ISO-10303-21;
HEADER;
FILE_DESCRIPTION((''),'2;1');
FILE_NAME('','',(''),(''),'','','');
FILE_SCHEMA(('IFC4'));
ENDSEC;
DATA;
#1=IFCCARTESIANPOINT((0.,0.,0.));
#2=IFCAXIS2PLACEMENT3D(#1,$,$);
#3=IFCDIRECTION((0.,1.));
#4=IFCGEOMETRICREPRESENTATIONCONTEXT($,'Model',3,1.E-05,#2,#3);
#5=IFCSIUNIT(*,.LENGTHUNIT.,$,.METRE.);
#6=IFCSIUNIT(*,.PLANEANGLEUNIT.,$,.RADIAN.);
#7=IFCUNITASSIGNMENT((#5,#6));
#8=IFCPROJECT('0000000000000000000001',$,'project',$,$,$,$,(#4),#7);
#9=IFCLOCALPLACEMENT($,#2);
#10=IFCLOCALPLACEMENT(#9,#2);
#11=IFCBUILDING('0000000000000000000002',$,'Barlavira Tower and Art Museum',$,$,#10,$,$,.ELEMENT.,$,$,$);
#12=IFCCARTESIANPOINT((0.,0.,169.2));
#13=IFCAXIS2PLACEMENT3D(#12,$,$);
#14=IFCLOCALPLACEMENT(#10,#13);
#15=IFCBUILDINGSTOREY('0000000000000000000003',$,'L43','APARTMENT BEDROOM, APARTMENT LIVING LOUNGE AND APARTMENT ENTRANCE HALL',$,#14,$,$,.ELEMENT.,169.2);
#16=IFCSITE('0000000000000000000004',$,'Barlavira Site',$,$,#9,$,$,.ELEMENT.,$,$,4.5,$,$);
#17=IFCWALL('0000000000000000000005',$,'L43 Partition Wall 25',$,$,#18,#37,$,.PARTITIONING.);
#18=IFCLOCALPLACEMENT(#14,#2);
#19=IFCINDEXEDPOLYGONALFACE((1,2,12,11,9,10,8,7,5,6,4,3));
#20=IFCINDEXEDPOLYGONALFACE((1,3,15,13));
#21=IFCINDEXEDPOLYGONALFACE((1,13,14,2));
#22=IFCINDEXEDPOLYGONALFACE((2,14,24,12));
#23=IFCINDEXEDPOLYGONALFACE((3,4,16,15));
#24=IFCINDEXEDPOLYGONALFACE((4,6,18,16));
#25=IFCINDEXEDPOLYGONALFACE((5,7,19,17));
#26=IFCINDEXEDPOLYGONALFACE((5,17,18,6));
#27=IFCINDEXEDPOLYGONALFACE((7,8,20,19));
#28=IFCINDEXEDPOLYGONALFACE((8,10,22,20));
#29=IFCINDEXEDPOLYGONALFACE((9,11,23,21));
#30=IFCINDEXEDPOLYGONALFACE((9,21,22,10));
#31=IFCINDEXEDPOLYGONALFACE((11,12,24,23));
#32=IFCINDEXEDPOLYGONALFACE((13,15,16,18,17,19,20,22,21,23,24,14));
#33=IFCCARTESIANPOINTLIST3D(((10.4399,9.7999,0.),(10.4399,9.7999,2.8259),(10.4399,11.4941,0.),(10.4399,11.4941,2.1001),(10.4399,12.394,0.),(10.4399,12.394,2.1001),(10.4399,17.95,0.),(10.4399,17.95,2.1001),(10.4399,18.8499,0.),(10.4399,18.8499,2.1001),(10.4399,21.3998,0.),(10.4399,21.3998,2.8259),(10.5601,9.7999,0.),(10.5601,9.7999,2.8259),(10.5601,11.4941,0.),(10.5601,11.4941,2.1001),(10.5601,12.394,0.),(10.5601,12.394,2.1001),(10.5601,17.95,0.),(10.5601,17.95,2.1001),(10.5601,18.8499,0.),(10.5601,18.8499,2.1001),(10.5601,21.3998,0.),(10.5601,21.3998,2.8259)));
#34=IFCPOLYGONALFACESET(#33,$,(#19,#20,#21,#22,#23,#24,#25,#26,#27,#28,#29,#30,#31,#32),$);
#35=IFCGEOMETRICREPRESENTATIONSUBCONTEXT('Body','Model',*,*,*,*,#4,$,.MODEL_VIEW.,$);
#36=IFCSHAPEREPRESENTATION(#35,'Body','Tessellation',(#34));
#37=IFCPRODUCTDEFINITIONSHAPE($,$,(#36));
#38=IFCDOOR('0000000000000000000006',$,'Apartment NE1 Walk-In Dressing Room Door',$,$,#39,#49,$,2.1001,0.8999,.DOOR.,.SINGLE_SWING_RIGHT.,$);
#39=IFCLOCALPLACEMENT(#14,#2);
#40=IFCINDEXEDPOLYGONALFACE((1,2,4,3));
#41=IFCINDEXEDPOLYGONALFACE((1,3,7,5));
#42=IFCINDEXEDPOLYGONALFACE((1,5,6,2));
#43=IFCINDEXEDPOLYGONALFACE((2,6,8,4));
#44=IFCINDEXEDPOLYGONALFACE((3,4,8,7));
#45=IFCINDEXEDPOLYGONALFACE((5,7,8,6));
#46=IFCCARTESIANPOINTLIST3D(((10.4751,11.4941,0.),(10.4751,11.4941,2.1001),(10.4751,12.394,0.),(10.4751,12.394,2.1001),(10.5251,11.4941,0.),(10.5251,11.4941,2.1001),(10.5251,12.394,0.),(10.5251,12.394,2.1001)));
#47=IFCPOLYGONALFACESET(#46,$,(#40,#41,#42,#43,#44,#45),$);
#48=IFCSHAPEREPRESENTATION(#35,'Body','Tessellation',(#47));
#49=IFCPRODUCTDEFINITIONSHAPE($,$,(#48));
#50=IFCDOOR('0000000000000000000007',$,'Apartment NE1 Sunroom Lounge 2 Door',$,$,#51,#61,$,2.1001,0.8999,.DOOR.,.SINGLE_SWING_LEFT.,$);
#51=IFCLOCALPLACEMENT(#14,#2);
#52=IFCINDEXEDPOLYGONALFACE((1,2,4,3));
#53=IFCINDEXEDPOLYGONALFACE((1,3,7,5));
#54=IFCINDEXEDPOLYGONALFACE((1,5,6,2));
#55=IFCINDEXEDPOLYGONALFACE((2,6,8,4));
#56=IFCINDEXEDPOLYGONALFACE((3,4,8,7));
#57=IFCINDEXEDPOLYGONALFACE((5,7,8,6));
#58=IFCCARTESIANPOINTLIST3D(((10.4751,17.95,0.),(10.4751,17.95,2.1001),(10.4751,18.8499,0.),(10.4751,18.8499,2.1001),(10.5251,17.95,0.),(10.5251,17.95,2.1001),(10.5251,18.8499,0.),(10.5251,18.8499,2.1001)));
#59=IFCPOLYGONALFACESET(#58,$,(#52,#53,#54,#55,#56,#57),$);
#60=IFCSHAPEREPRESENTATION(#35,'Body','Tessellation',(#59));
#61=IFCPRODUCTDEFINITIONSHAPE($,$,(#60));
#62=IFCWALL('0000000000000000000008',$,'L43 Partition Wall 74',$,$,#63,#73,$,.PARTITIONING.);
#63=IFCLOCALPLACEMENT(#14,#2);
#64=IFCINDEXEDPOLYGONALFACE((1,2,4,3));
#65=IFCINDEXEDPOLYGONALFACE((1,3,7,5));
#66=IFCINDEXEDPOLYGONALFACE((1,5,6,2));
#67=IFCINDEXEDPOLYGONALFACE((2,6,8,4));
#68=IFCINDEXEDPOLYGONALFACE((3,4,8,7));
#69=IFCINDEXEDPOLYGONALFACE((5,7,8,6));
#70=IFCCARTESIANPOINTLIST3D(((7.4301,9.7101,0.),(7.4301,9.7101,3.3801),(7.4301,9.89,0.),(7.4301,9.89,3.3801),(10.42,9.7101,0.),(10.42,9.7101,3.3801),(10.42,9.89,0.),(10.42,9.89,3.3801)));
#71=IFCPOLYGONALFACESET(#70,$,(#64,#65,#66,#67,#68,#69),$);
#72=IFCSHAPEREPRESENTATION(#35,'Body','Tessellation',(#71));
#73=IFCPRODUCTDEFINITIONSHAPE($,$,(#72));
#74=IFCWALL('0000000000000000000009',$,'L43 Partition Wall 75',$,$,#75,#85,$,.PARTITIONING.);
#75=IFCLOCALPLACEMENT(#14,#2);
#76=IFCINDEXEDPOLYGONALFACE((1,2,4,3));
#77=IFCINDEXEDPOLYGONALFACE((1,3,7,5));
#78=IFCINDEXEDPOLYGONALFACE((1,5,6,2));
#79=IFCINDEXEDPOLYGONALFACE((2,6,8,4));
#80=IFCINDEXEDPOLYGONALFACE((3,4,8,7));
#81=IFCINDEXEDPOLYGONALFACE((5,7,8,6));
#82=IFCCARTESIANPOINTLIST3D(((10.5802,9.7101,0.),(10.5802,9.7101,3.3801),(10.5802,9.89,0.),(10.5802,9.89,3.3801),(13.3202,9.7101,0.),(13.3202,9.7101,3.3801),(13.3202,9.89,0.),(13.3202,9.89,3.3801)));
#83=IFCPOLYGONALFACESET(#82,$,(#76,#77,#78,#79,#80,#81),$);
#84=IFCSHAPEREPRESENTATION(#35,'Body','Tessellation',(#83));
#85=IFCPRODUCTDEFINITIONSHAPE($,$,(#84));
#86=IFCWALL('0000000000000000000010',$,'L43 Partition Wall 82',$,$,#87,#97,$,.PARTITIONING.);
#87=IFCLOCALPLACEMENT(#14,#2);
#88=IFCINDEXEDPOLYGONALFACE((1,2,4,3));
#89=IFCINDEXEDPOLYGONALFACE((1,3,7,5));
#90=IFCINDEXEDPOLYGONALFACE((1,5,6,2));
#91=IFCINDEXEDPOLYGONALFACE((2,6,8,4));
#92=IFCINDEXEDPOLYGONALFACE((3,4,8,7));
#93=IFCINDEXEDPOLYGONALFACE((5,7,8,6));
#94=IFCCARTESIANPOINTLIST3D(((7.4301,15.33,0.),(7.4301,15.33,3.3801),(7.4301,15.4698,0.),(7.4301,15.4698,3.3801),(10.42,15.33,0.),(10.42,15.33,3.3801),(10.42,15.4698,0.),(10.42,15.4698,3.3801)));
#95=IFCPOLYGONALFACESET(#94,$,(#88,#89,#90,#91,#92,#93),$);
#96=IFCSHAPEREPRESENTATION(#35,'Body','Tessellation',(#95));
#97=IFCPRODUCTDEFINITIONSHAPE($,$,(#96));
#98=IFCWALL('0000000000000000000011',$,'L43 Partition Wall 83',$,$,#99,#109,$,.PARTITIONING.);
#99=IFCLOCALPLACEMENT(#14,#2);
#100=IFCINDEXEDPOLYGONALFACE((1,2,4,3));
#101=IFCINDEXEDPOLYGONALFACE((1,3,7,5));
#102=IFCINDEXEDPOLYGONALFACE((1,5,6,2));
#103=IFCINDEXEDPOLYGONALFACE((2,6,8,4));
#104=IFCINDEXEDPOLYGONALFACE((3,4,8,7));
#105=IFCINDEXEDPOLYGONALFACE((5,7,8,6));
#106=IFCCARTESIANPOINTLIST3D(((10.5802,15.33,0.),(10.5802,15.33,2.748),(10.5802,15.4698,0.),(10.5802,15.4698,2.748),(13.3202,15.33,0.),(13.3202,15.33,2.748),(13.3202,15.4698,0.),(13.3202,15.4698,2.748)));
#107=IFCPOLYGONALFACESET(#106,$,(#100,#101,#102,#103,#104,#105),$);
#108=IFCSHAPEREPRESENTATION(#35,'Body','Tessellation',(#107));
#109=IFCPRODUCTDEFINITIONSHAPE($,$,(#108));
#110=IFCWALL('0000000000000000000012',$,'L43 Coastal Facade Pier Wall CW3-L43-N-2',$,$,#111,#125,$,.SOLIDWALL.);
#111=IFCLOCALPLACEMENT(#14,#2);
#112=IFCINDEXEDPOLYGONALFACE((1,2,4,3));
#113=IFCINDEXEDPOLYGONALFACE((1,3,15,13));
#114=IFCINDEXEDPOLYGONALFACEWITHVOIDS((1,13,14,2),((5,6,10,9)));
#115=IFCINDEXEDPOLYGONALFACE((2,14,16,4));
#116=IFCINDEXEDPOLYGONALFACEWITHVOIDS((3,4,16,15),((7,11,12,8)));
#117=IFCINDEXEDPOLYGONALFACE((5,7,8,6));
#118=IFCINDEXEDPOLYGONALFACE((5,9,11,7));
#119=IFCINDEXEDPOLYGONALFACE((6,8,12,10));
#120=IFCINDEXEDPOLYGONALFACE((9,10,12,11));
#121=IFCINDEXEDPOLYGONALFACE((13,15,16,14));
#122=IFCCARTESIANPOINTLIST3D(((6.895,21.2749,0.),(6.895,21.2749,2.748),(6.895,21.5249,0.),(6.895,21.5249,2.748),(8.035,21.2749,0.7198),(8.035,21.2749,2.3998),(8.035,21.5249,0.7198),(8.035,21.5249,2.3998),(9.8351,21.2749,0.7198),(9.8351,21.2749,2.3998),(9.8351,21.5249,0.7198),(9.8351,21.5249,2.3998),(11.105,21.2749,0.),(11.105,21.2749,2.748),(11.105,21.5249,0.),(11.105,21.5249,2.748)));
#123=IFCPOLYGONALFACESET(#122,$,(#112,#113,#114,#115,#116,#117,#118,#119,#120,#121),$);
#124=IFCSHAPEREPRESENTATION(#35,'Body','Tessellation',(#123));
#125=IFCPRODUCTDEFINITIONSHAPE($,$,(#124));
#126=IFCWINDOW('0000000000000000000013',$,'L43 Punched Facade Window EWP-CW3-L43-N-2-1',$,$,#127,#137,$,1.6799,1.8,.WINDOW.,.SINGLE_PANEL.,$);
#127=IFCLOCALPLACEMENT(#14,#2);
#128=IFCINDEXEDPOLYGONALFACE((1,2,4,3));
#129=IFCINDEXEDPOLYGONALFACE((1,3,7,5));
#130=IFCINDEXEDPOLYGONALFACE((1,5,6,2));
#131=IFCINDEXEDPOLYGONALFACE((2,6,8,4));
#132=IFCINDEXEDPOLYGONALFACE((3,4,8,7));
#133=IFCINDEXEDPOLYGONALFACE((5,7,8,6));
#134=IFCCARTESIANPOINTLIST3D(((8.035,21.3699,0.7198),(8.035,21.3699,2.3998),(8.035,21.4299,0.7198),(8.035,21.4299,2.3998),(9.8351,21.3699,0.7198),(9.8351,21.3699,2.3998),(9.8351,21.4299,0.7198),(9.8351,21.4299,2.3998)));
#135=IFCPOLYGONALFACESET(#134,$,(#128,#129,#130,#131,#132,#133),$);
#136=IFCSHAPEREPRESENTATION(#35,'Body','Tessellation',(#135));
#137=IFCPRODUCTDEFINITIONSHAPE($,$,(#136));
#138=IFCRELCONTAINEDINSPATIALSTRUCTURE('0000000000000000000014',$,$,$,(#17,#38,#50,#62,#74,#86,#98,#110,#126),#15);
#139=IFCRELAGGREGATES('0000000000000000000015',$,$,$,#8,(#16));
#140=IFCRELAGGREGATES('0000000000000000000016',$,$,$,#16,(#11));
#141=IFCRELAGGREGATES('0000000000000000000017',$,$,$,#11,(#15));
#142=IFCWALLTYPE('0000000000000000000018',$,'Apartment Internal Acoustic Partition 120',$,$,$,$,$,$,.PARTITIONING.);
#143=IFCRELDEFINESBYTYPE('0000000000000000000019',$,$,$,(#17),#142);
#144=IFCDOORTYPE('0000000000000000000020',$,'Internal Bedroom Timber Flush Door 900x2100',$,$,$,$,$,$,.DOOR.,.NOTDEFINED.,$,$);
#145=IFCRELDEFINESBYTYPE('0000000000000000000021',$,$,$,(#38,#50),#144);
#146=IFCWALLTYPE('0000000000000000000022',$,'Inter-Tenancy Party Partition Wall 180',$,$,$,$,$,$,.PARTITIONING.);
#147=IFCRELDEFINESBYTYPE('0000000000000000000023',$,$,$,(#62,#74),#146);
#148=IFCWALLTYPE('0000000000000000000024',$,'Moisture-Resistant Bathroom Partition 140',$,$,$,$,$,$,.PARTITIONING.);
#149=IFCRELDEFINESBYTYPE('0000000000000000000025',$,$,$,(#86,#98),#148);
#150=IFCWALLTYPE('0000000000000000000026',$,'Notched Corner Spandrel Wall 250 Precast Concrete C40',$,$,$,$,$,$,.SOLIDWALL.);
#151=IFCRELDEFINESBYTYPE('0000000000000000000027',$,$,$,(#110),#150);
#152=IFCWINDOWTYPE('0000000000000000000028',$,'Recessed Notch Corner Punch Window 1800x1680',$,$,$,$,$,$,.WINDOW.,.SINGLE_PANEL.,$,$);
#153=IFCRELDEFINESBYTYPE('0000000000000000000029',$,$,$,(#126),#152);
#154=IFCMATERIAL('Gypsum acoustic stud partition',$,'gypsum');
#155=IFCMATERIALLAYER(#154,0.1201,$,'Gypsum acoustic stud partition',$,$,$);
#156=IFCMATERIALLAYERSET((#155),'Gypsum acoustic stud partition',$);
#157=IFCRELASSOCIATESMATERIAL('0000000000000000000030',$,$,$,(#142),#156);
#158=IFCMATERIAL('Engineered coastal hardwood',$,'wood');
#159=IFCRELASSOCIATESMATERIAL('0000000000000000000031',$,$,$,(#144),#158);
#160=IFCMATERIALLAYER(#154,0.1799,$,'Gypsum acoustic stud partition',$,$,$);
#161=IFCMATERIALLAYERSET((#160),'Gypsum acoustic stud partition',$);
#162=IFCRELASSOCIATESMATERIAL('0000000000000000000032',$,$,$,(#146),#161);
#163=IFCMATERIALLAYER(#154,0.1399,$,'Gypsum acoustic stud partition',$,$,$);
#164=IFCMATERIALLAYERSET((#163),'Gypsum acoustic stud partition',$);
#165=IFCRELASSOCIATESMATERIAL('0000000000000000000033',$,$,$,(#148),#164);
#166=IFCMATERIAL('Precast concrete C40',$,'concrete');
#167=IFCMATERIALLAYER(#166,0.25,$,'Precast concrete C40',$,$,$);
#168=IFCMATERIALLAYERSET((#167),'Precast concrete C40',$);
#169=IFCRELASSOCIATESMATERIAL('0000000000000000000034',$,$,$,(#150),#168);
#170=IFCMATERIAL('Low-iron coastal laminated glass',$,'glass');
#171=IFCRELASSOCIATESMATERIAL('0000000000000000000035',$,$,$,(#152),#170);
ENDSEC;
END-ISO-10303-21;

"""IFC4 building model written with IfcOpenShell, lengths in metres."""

from ifc_helpers import new_model, si_unit, direction, frame, frame_2d, origin, place, context, subcontext, project, spatial, rectangle, extrude, material, layer, layer_set, type_object, element, fill, save


model = new_model("IFC4")

# Units and contexts
model_context = context("Model", 3, precision=1e-05, world=origin(), true_north=direction((0.0, 1.0)))
body_context = subcontext(model_context, "Body", "Model", "MODEL_VIEW")
ifc_project = project(units=[si_unit("LENGTHUNIT", "METRE"), si_unit("PLANEANGLEUNIT", "RADIAN")], contexts=[model_context])

# Site, building, storey
site_placement = place(None, origin())
site = spatial("IfcSite", under=ifc_project, at=site_placement, Name="Barlavira Site", CompositionType="ELEMENT", RefElevation=4.5)
building_placement = place(site_placement, origin())
building = spatial("IfcBuilding", under=site, at=building_placement, Name="Barlavira Tower and Art Museum", CompositionType="ELEMENT")
storey_placement = place(building_placement, frame((0.0, 0.0, 169.2)))
storey = spatial("IfcBuildingStorey", under=building, at=storey_placement, Name="L43", Description="APARTMENT BEDROOM, APARTMENT LIVING LOUNGE AND APARTMENT ENTRANCE HALL", CompositionType="ELEMENT", Elevation=169.2)

# Wall, openings, doors
ifc_material_1 = material(Name="Gypsum acoustic stud partition", Category="gypsum")
ifc_layer_1 = layer(ifc_material_1, 0.1201, Name="Gypsum acoustic stud partition")
ifc_layer_set_1 = layer_set([ifc_layer_1], Name="Gypsum acoustic stud partition")
wall_type_1 = type_object("IfcWallType", Name="Apartment Internal Acoustic Partition 120", PredefinedType="PARTITIONING", material=ifc_layer_set_1)
ifc_material_2 = material(Name="Engineered coastal hardwood", Category="wood")
door_type_1 = type_object("IfcDoorType", Name="Internal Bedroom Timber Flush Door 900x2100", OperationType="NOTDEFINED", PredefinedType="DOOR", material=ifc_material_2)
wall_1_placement = place(storey_placement, frame((10.5, 9.8, 0.0), z_axis=(0.0, 0.0, 1.0), x_axis=(0.0, 1.0, 0.0)))
wall_1 = element("IfcWall", 1, at=wall_1_placement, inside=storey, type_object=wall_type_1, Name="L43 Partition Wall 25", PredefinedType="PARTITIONING", context=body_context, shape_type="SweptSolid", body=[
    extrude(rectangle(XDim=11.5999, YDim=0.1201, at=frame_2d((5.7998, 0.0))), origin(), (0.0, 0.0, 1.0), 2.8259),
])
opening_1_placement = place(wall_1_placement, frame((1.6941, 0.0, 0.0)))
opening_1 = element("IfcOpeningElement", 2, at=opening_1_placement, cuts=wall_1, PredefinedType="OPENING", context=body_context, shape_type="SweptSolid", body=[
    extrude(rectangle(XDim=0.8999, YDim=2.1001, at=frame_2d((0.45, 1.05))), frame((0.0, 0.0701, 0.0), z_axis=(0.0, -1.0, 0.0), x_axis=(1.0, 0.0, 0.0)), (0.0, 0.0, 1.0), 0.1401),
])
opening_2_placement = place(wall_1_placement, frame((8.1499, 0.0, 0.0)))
opening_2 = element("IfcOpeningElement", 3, at=opening_2_placement, cuts=wall_1, PredefinedType="OPENING", context=body_context, shape_type="SweptSolid", body=[
    extrude(rectangle(XDim=0.8999, YDim=2.1001, at=frame_2d((0.45, 1.05))), frame((0.0, 0.0701, 0.0), z_axis=(0.0, -1.0, 0.0), x_axis=(1.0, 0.0, 0.0)), (0.0, 0.0, 1.0), 0.1401),
])
door_1_placement = place(opening_1_placement, origin())
door_1 = element("IfcDoor", 4, at=door_1_placement, inside=storey, type_object=door_type_1, Name="Apartment NE1 Walk-In Dressing Room Door", OperationType="SINGLE_SWING_RIGHT", OverallHeight=2.1001, OverallWidth=0.8999, PredefinedType="DOOR", context=body_context, shape_type="SweptSolid", body=[
    extrude(rectangle(XDim=0.8999, YDim=2.1001, at=frame_2d((0.45, 1.05))), frame((0.0, 0.0249, 0.0), z_axis=(0.0, -1.0, 0.0), x_axis=(1.0, 0.0, 0.0)), (0.0, 0.0, 1.0), 0.05),
])
fill(opening_1, door_1)
door_2_placement = place(opening_2_placement, origin())
door_2 = element("IfcDoor", 5, at=door_2_placement, inside=storey, type_object=door_type_1, Name="Apartment NE1 Sunroom Lounge 2 Door", OperationType="SINGLE_SWING_LEFT", OverallHeight=2.1001, OverallWidth=0.8999, PredefinedType="DOOR", context=body_context, shape_type="SweptSolid", body=[
    extrude(rectangle(XDim=0.8999, YDim=2.1001, at=frame_2d((0.45, 1.05))), frame((0.0, 0.0249, 0.0), z_axis=(0.0, -1.0, 0.0), x_axis=(1.0, 0.0, 0.0)), (0.0, 0.0, 1.0), 0.05),
])
fill(opening_2, door_2)

# Walls
ifc_layer_2 = layer(ifc_material_1, 0.1799, Name="Gypsum acoustic stud partition")
ifc_layer_set_2 = layer_set([ifc_layer_2], Name="Gypsum acoustic stud partition")
wall_type_2 = type_object("IfcWallType", Name="Inter-Tenancy Party Partition Wall 180", PredefinedType="PARTITIONING", material=ifc_layer_set_2)
wall_2_placement = place(storey_placement, frame((7.4299, 9.8, 0.0), z_axis=(0.0, 0.0, 1.0), x_axis=(1.0, 0.0, 0.0)))
element("IfcWall", 6, at=wall_2_placement, inside=storey, type_object=wall_type_2, Name="L43 Partition Wall 74", PredefinedType="PARTITIONING", context=body_context, shape_type="SweptSolid", body=[
    extrude(rectangle(XDim=2.99, YDim=0.1799, at=frame_2d((1.4951, 0.0))), origin(), (0.0, 0.0, 1.0), 3.3801),
])
wall_3_placement = place(storey_placement, frame((10.5801, 9.8, 0.0), z_axis=(0.0, 0.0, 1.0), x_axis=(1.0, 0.0, 0.0)))
element("IfcWall", 7, at=wall_3_placement, inside=storey, type_object=wall_type_2, Name="L43 Partition Wall 75", PredefinedType="PARTITIONING", context=body_context, shape_type="SweptSolid", body=[
    extrude(rectangle(XDim=2.74, YDim=0.1799, at=frame_2d((1.3701, 0.0))), origin(), (0.0, 0.0, 1.0), 3.3801),
])
ifc_layer_3 = layer(ifc_material_1, 0.1399, Name="Gypsum acoustic stud partition")
ifc_layer_set_3 = layer_set([ifc_layer_3], Name="Gypsum acoustic stud partition")
wall_type_3 = type_object("IfcWallType", Name="Moisture-Resistant Bathroom Partition 140", PredefinedType="PARTITIONING", material=ifc_layer_set_3)
wall_4_placement = place(storey_placement, frame((7.4299, 15.3999, 0.0), z_axis=(0.0, 0.0, 1.0), x_axis=(1.0, 0.0, 0.0)))
element("IfcWall", 8, at=wall_4_placement, inside=storey, type_object=wall_type_3, Name="L43 Partition Wall 82", PredefinedType="PARTITIONING", context=body_context, shape_type="SweptSolid", body=[
    extrude(rectangle(XDim=2.99, YDim=0.1399, at=frame_2d((1.4951, 0.0))), origin(), (0.0, 0.0, 1.0), 3.3801),
])
wall_5_placement = place(storey_placement, frame((10.5801, 15.3999, 0.0), z_axis=(0.0, 0.0, 1.0), x_axis=(1.0, 0.0, 0.0)))
element("IfcWall", 9, at=wall_5_placement, inside=storey, type_object=wall_type_3, Name="L43 Partition Wall 83", PredefinedType="PARTITIONING", context=body_context, shape_type="SweptSolid", body=[
    extrude(rectangle(XDim=2.74, YDim=0.1399, at=frame_2d((1.3701, 0.0))), origin(), (0.0, 0.0, 1.0), 2.748),
])

# Wall, opening, window
ifc_material_3 = material(Name="Precast concrete C40", Category="concrete")
ifc_layer_4 = layer(ifc_material_3, 0.25, Name="Precast concrete C40")
ifc_layer_set_4 = layer_set([ifc_layer_4], Name="Precast concrete C40")
wall_type_4 = type_object("IfcWallType", Name="Notched Corner Spandrel Wall 250 Precast Concrete C40", PredefinedType="SOLIDWALL", material=ifc_layer_set_4)
wall_6_placement = place(storey_placement, frame((11.105, 21.3999, 0.0), z_axis=(0.0, 0.0, 1.0), x_axis=(-1.0, 0.0, 0.0)))
wall_6 = element("IfcWall", 10, at=wall_6_placement, inside=storey, type_object=wall_type_4, Name="L43 Coastal Facade Pier Wall CW3-L43-N-2", PredefinedType="SOLIDWALL", context=body_context, shape_type="SweptSolid", body=[
    extrude(rectangle(XDim=4.21, YDim=0.25, at=frame_2d((2.105, 0.0))), origin(), (0.0, 0.0, 1.0), 2.748),
])
opening_3_placement = place(wall_6_placement, frame((1.27, 0.0, 0.72)))
opening_3 = element("IfcOpeningElement", 11, at=opening_3_placement, cuts=wall_6, PredefinedType="OPENING", context=body_context, shape_type="SweptSolid", body=[
    extrude(rectangle(XDim=1.8, YDim=1.6799, at=frame_2d((0.8999, 0.8398))), frame((0.0, 0.135, 0.0), z_axis=(0.0, -1.0, 0.0), x_axis=(1.0, 0.0, 0.0)), (0.0, 0.0, 1.0), 0.27),
])
ifc_material_4 = material(Name="Low-iron coastal laminated glass", Category="glass")
window_type = type_object("IfcWindowType", Name="Recessed Notch Corner Punch Window 1800x1680", PartitioningType="SINGLE_PANEL", PredefinedType="WINDOW", material=ifc_material_4)
window_placement = place(opening_3_placement, origin())
window = element("IfcWindow", 12, at=window_placement, inside=storey, type_object=window_type, Name="L43 Punched Facade Window EWP-CW3-L43-N-2-1", OverallHeight=1.6799, OverallWidth=1.8, PartitioningType="SINGLE_PANEL", PredefinedType="WINDOW", context=body_context, shape_type="SweptSolid", body=[
    extrude(rectangle(XDim=1.8, YDim=1.6799, at=frame_2d((0.8999, 0.8398))), frame((0.0, 0.03, 0.0), z_axis=(0.0, -1.0, 0.0), x_axis=(1.0, 0.0, 0.0)), (0.0, 0.0, 1.0), 0.0601),
])
fill(opening_3, window)

save(model, "model.ifc")
